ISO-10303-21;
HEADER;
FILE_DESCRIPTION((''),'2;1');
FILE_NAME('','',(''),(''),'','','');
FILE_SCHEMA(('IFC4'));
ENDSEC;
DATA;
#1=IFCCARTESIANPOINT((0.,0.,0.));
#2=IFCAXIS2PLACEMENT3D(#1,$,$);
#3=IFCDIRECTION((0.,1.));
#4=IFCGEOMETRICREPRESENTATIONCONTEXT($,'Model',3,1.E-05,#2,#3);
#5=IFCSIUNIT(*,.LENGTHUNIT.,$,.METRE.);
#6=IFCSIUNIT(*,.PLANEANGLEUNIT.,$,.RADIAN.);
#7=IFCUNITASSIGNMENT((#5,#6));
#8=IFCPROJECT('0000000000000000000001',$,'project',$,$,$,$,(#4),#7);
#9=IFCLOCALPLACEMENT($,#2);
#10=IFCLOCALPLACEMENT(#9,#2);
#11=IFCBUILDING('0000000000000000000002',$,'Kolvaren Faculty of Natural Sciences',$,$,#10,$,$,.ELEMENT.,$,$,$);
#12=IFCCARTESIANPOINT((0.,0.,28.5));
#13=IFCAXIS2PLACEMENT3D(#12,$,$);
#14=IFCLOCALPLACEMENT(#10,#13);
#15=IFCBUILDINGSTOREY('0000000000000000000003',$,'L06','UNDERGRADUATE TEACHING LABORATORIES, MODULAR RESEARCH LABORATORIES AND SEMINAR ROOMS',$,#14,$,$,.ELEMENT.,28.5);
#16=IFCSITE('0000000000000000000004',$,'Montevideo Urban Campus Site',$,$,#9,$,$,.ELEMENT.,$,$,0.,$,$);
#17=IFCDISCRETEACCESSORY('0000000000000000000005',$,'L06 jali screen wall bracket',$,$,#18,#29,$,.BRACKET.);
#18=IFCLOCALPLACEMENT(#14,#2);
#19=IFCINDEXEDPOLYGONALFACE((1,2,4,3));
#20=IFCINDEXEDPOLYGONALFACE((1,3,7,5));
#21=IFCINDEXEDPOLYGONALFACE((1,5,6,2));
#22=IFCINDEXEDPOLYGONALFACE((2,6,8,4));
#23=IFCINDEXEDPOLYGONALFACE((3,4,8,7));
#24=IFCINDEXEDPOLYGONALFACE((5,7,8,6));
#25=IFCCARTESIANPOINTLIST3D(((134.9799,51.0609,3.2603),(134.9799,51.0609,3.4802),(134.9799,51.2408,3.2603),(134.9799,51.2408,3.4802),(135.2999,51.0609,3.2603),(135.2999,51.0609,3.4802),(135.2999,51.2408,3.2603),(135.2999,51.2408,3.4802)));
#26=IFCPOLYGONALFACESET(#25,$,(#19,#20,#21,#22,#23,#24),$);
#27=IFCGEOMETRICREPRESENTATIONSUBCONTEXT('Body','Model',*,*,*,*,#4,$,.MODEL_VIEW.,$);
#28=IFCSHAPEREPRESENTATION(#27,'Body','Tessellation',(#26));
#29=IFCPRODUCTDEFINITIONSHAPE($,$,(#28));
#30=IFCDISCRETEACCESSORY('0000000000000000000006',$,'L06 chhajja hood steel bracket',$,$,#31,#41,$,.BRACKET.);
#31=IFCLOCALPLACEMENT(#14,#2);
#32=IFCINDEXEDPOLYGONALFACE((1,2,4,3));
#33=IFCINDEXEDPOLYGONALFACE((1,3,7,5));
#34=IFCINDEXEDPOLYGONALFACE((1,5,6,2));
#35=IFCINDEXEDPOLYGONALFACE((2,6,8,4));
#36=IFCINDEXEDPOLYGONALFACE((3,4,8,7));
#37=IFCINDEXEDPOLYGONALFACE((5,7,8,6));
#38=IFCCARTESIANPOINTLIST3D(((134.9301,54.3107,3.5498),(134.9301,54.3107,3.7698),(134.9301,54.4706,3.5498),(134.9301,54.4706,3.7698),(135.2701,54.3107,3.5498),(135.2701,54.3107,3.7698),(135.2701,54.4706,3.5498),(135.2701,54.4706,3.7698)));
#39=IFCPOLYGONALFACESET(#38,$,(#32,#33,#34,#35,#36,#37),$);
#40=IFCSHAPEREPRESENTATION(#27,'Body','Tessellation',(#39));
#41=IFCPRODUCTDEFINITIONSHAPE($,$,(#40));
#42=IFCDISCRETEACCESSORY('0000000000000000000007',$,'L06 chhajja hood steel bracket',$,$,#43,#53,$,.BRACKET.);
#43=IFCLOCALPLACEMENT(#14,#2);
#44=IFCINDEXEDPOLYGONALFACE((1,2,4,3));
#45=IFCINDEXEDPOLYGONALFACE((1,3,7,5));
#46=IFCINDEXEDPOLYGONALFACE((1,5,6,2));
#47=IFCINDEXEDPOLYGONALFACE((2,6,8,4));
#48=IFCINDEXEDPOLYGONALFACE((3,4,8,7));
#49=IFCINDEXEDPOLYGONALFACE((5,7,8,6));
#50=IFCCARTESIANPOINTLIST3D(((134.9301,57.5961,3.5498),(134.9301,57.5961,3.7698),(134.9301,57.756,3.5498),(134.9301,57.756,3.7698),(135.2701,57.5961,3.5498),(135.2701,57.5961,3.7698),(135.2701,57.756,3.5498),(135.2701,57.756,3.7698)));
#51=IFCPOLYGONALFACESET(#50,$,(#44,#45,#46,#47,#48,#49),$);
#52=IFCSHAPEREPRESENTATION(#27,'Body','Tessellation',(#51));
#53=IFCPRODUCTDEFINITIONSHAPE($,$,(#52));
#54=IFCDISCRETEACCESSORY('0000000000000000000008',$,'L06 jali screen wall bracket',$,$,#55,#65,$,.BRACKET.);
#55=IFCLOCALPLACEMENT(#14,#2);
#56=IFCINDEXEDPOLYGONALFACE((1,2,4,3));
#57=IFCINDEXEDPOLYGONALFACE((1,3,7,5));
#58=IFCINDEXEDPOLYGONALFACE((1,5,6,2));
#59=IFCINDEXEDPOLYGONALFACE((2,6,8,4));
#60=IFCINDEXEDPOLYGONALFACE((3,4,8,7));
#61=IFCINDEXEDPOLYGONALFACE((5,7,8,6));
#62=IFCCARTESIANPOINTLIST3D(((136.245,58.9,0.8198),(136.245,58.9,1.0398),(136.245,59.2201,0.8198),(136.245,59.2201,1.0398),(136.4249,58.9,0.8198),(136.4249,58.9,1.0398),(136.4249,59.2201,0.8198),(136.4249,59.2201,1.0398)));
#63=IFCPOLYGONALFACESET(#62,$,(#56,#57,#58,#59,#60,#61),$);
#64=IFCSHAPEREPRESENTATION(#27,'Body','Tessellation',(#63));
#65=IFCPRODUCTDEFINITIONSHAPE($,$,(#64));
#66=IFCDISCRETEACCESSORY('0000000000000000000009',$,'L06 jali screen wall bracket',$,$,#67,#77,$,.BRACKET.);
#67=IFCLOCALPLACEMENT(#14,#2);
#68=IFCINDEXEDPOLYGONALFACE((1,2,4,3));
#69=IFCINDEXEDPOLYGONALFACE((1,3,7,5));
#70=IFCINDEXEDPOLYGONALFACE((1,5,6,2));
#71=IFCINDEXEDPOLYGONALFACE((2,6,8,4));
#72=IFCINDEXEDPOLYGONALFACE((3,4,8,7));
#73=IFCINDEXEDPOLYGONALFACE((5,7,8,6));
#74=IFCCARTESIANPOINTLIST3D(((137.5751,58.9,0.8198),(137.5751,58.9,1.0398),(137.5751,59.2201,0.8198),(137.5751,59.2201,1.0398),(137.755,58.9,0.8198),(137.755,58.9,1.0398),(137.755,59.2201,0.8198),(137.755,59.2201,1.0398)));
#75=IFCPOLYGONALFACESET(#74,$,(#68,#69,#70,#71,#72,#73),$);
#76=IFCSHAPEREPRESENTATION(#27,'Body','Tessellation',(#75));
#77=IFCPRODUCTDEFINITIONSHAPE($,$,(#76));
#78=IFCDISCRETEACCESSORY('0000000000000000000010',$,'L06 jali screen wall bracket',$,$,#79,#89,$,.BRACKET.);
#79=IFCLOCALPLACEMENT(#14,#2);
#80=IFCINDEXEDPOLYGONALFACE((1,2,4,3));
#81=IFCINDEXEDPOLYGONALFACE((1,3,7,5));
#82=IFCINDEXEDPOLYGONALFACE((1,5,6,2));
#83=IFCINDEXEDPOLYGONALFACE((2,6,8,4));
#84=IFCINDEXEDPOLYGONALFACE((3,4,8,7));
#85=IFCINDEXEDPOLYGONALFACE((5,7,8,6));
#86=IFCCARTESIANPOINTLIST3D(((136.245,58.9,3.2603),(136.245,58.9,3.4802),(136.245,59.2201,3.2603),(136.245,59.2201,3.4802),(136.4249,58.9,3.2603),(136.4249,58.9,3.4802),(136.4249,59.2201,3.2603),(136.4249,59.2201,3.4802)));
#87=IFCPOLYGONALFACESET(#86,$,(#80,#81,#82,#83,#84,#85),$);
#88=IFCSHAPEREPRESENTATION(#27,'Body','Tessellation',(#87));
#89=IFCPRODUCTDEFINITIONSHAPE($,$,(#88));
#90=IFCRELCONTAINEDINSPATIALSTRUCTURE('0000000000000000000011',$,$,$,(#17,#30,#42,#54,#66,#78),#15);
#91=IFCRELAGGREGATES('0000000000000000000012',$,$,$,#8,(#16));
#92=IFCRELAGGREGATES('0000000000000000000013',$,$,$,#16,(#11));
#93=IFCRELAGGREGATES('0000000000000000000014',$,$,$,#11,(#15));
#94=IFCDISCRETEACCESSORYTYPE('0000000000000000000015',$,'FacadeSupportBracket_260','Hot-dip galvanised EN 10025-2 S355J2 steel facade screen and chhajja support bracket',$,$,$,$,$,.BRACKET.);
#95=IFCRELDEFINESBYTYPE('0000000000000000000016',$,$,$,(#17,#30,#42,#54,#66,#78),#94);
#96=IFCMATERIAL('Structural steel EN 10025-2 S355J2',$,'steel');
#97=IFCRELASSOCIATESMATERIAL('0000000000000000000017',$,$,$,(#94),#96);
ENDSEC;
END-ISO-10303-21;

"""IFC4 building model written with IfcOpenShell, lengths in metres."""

from ifc_helpers import new_model, si_unit, direction, frame, origin, origin_2d, place, context, subcontext, project, spatial, rectangle, extrude, material, type_object, element, save


model = new_model("IFC4")

# Units and contexts
model_context = context("Model", 3, precision=1e-05, world=origin(), true_north=direction((0.0, 1.0)))
body_context = subcontext(model_context, "Body", "Model", "MODEL_VIEW")
ifc_project = project(units=[si_unit("LENGTHUNIT", "METRE"), si_unit("PLANEANGLEUNIT", "RADIAN")], contexts=[model_context])

# Site, building, storey
site_placement = place(None, origin())
site = spatial("IfcSite", under=ifc_project, at=site_placement, Name="Montevideo Urban Campus Site", CompositionType="ELEMENT", RefElevation=0.0)
building_placement = place(site_placement, origin())
building = spatial("IfcBuilding", under=site, at=building_placement, Name="Kolvaren Faculty of Natural Sciences", CompositionType="ELEMENT")
storey_placement = place(building_placement, frame((0.0, 0.0, 28.5)))
storey = spatial("IfcBuildingStorey", under=building, at=storey_placement, Name="L06", Description="UNDERGRADUATE TEACHING LABORATORIES, MODULAR RESEARCH LABORATORIES AND SEMINAR ROOMS", CompositionType="ELEMENT", Elevation=28.5)

# Discrete accessories
ifc_material_1 = material(Name="Structural steel EN 10025-2 S355J2", Category="steel")
discrete_accessory_type = type_object("IfcDiscreteAccessoryType", Name="FacadeSupportBracket_260", Description="Hot-dip galvanised EN 10025-2 S355J2 steel facade screen and chhajja support bracket", PredefinedType="BRACKET", material=ifc_material_1)
for number, where, z_axis, x_axis, name in (
    (1, (135.1399, 51.1509, 3.2603), (0.0, 0.0, 1.0), (0.0, 1.0, 0.0), "L06 jali screen wall bracket"),
):
    element("IfcDiscreteAccessory", number, at=place(storey_placement, frame(where, z_axis=z_axis, x_axis=x_axis)), inside=storey, type_object=discrete_accessory_type, Name=name, PredefinedType="BRACKET", context=body_context, shape_type="SweptSolid", body=[
        extrude(rectangle(XDim=0.1799, YDim=0.3201, at=origin_2d()), origin(), (0.0, 0.0, 1.0), 0.22),
    ])
for number, where, z_axis, x_axis, name in (
    (2, (135.1001, 54.3906, 3.5498), (0.0, 0.0, 1.0), (0.0, 1.0, 0.0), "L06 chhajja hood steel bracket"),
    (3, (135.1001, 57.676, 3.5498), (0.0, 0.0, 1.0), (0.0, 1.0, 0.0), "L06 chhajja hood steel bracket"),
):
    element("IfcDiscreteAccessory", number, at=place(storey_placement, frame(where, z_axis=z_axis, x_axis=x_axis)), inside=storey, type_object=discrete_accessory_type, Name=name, PredefinedType="BRACKET", context=body_context, shape_type="SweptSolid", body=[
        extrude(rectangle(XDim=0.1599, YDim=0.3401, at=origin_2d()), origin(), (0.0, 0.0, 1.0), 0.22),
    ])
for number, where, z_axis, x_axis, name in (
    (4, (136.335, 59.0601, 0.8198), (0.0, 0.0, 1.0), (1.0, 0.0, 0.0), "L06 jali screen wall bracket"),
    (5, (137.665, 59.0601, 0.8198), (0.0, 0.0, 1.0), (1.0, 0.0, 0.0), "L06 jali screen wall bracket"),
    (6, (136.335, 59.0601, 3.2603), (0.0, 0.0, 1.0), (1.0, 0.0, 0.0), "L06 jali screen wall bracket"),
):
    element("IfcDiscreteAccessory", number, at=place(storey_placement, frame(where, z_axis=z_axis, x_axis=x_axis)), inside=storey, type_object=discrete_accessory_type, Name=name, PredefinedType="BRACKET", context=body_context, shape_type="SweptSolid", body=[
        extrude(rectangle(XDim=0.1799, YDim=0.3201, at=origin_2d()), origin(), (0.0, 0.0, 1.0), 0.22),
    ])

save(model, "model.ifc")
